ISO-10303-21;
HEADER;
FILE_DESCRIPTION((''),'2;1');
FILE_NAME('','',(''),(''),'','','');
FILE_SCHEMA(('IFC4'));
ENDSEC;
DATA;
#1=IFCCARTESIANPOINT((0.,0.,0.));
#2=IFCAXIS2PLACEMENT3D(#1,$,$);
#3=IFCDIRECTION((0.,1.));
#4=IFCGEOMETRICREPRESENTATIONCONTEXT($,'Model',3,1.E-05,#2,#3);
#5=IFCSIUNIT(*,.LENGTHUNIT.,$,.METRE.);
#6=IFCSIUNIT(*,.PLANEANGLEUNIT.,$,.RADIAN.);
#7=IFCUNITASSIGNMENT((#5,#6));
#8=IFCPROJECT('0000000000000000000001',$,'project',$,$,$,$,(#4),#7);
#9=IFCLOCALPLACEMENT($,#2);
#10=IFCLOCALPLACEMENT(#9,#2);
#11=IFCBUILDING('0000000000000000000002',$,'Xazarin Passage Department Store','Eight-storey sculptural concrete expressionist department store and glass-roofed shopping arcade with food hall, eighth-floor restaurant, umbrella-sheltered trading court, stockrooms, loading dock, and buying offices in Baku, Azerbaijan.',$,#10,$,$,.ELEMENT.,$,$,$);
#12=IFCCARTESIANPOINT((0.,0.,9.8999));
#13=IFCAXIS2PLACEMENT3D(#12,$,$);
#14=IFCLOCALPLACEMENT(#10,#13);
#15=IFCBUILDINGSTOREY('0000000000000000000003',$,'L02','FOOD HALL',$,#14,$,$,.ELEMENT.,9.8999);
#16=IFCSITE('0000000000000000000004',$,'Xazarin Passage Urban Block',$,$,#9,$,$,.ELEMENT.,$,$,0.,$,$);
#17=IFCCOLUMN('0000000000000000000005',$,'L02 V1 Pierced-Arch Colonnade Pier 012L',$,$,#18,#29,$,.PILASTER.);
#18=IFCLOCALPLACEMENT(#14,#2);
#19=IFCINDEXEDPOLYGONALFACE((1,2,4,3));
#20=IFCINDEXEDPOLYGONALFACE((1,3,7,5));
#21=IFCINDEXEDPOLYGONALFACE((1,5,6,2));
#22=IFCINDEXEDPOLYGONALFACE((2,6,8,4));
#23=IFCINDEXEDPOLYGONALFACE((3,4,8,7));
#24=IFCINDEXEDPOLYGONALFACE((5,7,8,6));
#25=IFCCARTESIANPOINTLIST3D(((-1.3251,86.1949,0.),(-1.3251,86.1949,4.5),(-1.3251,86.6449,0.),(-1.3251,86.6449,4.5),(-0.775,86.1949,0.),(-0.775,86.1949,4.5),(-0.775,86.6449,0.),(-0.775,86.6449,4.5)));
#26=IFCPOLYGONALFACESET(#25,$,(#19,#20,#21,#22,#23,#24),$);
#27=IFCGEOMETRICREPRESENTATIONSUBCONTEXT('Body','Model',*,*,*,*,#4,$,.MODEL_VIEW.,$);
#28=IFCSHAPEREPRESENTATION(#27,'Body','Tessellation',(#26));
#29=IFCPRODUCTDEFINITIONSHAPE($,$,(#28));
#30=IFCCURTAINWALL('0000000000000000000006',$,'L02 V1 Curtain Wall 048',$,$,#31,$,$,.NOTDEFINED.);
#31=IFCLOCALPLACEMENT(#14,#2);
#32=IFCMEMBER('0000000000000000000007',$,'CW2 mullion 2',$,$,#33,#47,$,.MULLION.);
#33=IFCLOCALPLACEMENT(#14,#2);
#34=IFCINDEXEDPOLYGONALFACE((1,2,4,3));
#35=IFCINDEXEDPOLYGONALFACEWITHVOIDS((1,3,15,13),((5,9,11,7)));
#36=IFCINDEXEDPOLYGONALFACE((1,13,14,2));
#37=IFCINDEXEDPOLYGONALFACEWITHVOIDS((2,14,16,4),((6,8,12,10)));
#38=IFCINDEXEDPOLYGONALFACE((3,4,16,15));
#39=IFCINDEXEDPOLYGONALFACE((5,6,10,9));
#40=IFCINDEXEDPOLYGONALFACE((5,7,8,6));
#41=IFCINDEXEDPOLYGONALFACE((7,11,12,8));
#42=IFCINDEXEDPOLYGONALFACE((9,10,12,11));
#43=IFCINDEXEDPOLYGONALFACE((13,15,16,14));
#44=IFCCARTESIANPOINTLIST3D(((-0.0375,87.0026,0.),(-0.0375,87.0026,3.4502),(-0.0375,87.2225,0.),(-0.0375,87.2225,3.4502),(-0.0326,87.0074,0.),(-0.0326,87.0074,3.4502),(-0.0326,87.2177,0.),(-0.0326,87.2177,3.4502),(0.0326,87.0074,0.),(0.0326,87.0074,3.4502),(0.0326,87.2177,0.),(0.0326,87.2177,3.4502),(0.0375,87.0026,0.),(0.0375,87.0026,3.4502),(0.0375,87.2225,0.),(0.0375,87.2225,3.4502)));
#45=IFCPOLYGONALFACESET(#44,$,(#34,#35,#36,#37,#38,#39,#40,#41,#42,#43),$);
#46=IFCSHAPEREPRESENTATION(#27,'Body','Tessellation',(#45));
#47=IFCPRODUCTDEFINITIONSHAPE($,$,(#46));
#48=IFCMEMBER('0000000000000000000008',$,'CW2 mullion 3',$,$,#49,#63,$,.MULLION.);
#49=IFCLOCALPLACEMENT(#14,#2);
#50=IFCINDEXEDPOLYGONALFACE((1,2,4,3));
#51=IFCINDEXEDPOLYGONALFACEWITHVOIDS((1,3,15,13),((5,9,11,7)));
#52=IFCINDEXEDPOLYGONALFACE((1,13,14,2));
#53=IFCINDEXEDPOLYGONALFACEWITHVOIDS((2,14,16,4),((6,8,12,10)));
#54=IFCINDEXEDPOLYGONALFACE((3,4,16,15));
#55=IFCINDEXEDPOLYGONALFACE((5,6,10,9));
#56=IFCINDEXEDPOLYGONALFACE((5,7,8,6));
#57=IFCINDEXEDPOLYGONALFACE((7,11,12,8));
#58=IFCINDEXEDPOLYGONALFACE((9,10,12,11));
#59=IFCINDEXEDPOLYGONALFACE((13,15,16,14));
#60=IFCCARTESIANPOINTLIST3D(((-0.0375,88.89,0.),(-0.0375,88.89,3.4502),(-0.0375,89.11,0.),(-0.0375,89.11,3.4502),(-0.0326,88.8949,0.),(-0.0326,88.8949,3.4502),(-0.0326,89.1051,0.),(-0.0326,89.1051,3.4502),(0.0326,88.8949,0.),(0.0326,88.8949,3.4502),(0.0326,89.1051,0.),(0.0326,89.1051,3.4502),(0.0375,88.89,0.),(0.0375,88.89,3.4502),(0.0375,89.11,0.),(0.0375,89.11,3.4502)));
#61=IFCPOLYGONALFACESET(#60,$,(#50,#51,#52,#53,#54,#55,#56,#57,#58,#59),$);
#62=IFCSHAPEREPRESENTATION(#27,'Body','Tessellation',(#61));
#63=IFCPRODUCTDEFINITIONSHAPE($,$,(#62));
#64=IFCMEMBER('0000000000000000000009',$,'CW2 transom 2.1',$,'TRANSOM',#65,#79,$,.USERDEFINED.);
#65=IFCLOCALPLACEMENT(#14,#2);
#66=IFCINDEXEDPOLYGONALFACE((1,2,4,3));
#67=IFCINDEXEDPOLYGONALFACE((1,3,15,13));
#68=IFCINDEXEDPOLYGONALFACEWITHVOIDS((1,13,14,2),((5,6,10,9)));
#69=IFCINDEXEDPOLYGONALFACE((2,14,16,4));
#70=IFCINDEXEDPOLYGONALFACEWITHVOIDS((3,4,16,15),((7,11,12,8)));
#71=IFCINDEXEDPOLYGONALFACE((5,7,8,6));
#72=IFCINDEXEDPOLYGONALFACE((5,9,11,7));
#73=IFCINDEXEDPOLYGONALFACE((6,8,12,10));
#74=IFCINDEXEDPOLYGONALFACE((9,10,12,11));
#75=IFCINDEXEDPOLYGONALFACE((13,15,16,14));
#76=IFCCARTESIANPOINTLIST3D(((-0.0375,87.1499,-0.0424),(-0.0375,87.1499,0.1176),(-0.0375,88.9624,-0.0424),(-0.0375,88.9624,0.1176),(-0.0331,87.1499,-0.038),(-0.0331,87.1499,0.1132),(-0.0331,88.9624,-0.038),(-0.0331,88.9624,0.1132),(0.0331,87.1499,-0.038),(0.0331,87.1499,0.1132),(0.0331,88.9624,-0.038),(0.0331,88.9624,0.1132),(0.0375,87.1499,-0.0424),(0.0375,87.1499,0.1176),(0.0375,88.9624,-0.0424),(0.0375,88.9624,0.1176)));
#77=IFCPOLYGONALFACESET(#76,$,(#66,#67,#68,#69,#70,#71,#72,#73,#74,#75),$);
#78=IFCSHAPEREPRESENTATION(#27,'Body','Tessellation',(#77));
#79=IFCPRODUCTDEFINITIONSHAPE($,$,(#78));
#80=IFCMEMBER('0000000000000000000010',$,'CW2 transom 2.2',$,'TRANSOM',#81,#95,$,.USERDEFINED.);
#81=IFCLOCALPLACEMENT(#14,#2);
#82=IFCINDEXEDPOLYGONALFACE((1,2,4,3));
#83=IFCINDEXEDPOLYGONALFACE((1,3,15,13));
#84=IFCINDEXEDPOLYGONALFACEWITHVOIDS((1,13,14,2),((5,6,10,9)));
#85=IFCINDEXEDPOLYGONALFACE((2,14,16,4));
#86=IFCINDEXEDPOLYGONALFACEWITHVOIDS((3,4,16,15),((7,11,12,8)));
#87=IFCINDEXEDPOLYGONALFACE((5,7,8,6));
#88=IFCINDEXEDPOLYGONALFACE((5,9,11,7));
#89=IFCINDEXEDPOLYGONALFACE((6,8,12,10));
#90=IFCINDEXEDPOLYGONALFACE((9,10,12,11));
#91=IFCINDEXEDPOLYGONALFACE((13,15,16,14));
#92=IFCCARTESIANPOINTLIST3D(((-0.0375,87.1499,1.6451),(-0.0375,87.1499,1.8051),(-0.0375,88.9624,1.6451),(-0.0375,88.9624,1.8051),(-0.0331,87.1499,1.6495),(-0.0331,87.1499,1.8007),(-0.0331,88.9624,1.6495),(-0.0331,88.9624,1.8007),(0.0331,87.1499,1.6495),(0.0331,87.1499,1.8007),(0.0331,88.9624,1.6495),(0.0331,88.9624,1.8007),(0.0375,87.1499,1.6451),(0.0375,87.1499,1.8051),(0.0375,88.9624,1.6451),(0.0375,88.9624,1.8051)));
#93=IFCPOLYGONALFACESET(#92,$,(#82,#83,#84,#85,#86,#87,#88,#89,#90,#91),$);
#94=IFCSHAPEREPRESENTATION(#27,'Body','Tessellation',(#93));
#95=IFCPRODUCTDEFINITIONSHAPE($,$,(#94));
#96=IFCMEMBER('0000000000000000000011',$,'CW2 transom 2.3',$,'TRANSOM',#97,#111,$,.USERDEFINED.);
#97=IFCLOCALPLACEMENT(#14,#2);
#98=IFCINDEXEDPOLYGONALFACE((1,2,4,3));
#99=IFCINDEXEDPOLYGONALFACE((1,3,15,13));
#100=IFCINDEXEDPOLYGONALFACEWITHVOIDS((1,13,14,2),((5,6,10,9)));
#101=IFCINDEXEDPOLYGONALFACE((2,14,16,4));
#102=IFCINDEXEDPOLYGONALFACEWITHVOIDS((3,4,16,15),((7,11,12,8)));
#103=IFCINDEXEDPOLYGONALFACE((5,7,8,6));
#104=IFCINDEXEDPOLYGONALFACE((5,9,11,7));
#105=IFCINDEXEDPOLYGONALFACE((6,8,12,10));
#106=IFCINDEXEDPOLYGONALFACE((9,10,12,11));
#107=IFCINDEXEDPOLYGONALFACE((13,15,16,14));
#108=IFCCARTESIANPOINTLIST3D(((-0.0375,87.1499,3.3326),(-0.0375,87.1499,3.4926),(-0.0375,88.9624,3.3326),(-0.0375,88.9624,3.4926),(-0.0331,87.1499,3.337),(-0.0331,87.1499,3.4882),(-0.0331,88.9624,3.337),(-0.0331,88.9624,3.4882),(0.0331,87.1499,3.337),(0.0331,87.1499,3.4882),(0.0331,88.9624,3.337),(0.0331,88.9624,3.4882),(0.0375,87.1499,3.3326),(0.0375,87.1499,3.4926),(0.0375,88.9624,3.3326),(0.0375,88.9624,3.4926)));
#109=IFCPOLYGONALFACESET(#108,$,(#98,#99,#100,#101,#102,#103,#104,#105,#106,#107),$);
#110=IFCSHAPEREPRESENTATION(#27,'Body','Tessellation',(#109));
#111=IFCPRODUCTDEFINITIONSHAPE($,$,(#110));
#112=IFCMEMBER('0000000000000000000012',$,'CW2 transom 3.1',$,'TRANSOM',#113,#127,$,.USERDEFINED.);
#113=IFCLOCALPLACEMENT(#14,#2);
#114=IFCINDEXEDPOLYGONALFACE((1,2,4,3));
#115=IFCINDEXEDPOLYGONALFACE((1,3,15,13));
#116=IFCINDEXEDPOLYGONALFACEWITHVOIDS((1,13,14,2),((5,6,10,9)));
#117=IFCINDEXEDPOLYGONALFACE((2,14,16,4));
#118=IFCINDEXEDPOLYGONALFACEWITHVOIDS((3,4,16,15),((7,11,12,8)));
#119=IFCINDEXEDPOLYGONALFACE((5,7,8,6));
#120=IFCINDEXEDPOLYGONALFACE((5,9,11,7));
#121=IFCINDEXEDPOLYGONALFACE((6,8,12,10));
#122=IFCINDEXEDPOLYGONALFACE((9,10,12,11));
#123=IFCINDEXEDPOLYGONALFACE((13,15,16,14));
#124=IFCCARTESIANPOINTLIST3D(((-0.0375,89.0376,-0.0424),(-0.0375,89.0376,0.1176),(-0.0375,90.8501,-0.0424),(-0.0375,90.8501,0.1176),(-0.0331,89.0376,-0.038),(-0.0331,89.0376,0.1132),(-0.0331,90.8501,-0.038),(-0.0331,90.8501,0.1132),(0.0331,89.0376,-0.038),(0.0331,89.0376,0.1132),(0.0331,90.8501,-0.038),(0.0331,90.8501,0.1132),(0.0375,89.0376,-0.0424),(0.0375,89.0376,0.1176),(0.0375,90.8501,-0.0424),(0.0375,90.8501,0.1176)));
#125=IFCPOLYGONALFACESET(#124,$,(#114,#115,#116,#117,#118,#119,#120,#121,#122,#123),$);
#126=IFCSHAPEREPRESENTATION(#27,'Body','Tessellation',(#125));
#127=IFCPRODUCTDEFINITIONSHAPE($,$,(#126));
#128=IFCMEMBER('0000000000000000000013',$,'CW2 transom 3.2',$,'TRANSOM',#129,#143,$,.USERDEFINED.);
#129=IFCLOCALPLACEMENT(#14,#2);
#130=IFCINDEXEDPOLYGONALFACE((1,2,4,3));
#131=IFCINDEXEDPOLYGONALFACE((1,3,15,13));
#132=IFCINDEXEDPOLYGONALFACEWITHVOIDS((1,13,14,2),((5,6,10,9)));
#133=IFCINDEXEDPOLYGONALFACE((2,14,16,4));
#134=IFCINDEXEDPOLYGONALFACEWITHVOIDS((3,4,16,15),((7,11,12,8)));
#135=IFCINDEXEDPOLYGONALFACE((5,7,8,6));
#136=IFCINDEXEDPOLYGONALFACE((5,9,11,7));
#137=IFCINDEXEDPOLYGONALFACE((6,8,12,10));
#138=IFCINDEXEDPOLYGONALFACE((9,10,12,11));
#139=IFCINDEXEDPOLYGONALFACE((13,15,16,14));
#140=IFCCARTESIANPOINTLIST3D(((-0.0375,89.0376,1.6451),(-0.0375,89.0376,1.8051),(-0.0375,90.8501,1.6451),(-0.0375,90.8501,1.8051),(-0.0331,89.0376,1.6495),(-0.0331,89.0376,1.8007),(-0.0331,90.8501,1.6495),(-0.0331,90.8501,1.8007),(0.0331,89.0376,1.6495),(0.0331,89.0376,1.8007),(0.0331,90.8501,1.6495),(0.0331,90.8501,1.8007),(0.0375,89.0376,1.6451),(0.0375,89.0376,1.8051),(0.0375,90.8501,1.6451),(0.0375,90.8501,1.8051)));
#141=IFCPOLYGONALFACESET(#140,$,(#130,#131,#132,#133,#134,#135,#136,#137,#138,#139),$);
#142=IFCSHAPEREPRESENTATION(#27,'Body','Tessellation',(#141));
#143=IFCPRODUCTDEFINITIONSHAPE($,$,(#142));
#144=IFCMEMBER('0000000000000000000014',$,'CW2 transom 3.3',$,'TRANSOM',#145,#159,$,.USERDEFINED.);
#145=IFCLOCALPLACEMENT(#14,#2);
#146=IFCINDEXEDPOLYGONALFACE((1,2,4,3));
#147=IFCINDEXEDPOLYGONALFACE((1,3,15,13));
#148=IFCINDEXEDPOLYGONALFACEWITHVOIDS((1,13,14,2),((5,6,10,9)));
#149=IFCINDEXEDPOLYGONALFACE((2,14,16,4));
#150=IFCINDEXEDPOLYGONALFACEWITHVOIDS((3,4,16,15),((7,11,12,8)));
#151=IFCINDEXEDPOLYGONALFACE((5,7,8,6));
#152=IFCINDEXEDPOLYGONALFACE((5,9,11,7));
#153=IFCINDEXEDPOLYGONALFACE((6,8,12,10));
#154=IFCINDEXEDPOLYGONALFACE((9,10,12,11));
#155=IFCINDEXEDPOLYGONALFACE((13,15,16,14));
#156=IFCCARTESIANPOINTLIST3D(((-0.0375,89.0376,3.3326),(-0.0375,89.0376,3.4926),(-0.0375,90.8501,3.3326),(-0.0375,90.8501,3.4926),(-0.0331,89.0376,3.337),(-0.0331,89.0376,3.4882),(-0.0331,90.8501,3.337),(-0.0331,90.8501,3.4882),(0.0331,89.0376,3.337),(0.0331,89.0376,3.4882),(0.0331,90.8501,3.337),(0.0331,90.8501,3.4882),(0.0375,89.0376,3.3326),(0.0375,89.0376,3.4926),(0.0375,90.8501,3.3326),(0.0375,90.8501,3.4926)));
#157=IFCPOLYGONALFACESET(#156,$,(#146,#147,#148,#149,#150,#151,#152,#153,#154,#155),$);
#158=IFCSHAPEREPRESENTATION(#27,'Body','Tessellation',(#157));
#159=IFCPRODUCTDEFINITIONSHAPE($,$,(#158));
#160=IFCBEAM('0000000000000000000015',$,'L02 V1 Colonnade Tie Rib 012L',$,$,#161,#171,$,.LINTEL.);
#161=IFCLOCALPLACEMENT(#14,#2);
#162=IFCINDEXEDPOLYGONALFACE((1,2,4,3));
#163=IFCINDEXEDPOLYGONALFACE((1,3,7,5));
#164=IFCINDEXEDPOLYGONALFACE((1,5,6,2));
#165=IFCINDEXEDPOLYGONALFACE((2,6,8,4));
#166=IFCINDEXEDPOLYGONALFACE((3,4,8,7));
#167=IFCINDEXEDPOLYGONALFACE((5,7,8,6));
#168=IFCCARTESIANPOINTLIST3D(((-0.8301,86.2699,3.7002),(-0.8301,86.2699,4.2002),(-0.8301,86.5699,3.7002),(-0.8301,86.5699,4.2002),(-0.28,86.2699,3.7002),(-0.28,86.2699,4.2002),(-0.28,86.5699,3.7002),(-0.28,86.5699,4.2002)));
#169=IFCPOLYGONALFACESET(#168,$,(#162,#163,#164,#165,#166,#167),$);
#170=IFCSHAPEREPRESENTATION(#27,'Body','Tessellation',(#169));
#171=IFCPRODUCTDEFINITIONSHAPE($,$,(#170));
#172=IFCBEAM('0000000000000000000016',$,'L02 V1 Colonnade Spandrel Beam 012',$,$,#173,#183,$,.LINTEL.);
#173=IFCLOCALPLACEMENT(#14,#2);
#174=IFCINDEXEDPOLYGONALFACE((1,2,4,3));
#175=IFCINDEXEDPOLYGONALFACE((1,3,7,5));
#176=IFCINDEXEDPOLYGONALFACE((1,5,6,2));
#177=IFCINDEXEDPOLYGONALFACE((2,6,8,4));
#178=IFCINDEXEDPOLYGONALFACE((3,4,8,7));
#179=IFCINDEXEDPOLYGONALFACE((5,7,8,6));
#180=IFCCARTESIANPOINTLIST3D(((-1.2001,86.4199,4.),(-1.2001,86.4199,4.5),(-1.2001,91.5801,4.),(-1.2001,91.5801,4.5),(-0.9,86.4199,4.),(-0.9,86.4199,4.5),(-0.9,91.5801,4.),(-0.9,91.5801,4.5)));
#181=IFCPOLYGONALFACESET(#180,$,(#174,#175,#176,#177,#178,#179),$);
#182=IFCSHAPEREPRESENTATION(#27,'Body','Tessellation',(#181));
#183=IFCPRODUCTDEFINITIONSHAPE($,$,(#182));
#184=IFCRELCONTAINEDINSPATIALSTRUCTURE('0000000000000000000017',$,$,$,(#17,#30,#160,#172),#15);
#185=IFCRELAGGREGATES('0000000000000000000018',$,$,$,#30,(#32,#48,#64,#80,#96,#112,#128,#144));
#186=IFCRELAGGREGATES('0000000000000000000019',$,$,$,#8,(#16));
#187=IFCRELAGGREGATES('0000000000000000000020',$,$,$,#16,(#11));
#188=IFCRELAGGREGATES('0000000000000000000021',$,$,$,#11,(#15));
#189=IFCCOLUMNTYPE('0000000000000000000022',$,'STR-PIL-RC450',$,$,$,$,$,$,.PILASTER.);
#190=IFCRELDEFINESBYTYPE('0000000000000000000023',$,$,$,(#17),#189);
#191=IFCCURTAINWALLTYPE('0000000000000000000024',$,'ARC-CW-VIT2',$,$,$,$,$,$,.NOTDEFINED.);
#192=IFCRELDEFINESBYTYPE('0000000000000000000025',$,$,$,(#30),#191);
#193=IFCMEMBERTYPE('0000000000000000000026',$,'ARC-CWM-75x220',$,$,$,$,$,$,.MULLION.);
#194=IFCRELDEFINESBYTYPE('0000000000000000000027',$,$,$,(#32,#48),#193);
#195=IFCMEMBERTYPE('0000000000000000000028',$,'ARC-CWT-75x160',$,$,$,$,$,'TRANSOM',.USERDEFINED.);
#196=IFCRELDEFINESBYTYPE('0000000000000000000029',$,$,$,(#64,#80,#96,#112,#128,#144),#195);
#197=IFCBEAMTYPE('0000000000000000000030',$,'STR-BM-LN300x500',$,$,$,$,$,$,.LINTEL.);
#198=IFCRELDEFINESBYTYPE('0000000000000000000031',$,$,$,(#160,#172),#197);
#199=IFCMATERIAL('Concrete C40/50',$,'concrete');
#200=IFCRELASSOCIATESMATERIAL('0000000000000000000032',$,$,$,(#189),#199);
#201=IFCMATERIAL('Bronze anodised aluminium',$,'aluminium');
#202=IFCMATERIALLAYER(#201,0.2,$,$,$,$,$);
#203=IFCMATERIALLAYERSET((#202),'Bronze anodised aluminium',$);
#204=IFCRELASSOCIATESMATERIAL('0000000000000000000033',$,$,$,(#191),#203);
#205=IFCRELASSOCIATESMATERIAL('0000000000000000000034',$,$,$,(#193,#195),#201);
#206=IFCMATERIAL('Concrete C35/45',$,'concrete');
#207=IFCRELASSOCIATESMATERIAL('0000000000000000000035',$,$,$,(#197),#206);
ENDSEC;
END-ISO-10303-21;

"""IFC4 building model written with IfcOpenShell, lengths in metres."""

from ifc_helpers import new_model, si_unit, direction, frame, origin, origin_2d, place, context, subcontext, project, spatial, rectangle, hollow_rectangle, extrude, material, layer, layer_set, material_profile, profile_set, type_object, element, aggregate, save


model = new_model("IFC4")

# Units and contexts
model_context = context("Model", 3, precision=1e-05, world=origin(), true_north=direction((0.0, 1.0)))
body_context = subcontext(model_context, "Body", "Model", "MODEL_VIEW")
ifc_project = project(units=[si_unit("LENGTHUNIT", "METRE"), si_unit("PLANEANGLEUNIT", "RADIAN")], contexts=[model_context])

# Site, building, storey
site_placement = place(None, origin())
site = spatial("IfcSite", under=ifc_project, at=site_placement, Name="Xazarin Passage Urban Block", CompositionType="ELEMENT", RefElevation=0.0)
building_placement = place(site_placement, origin())
building = spatial("IfcBuilding", under=site, at=building_placement, Name="Xazarin Passage Department Store", Description="Eight-storey sculptural concrete expressionist department store and glass-roofed shopping arcade with food hall, eighth-floor restaurant, umbrella-sheltered trading court, stockrooms, loading dock, and buying offices in Baku, Azerbaijan.", CompositionType="ELEMENT")
storey_placement = place(building_placement, frame((0.0, 0.0, 9.8999)))
storey = spatial("IfcBuildingStorey", under=building, at=storey_placement, Name="L02", Description="FOOD HALL", CompositionType="ELEMENT", Elevation=9.8999)

# Column
ifc_material_1 = material(Name="Concrete C40/50", Category="concrete")
ifc_material_profile_1 = material_profile(ifc_material_1, rectangle(XDim=0.45, YDim=0.55, at=origin_2d()), Name="RC 450x550")
ifc_profile_set_1 = profile_set([ifc_material_profile_1], Name="Concrete C40/50")
column_type = type_object("IfcColumnType", Name="STR-PIL-RC450", PredefinedType="PILASTER", material=ifc_profile_set_1)
column_placement = place(storey_placement, frame((-1.05, 86.4199, 0.0), z_axis=(0.0, 0.0, 1.0), x_axis=(0.0, 1.0, 0.0)))
element("IfcColumn", 1, at=column_placement, inside=storey, type_object=column_type, Name="L02 V1 Pierced-Arch Colonnade Pier 012L", PredefinedType="PILASTER", context=body_context, shape_type="SweptSolid", body=[
    extrude(rectangle(XDim=0.45, YDim=0.55, at=origin_2d()), origin(), (0.0, 0.0, 1.0), 4.5),
])

# Curtain wall, members
ifc_material_2 = material(Name="Bronze anodised aluminium", Category="aluminium")
ifc_layer_1 = layer(ifc_material_2, 0.2)
ifc_layer_set_1 = layer_set([ifc_layer_1], Name="Bronze anodised aluminium")
curtain_wall_type = type_object("IfcCurtainWallType", Name="ARC-CW-VIT2", PredefinedType="NOTDEFINED", material=ifc_layer_set_1)
curtain_wall_placement = place(storey_placement, origin())
curtain_wall = element("IfcCurtainWall", 2, at=curtain_wall_placement, inside=storey, type_object=curtain_wall_type, Name="L02 V1 Curtain Wall 048", PredefinedType="NOTDEFINED")
ifc_material_profile_2 = material_profile(ifc_material_2, hollow_rectangle(XDim=0.075, YDim=0.22, WallThickness=0.0049, at=origin_2d()), Name="ALU 75x220")
ifc_profile_set_2 = profile_set([ifc_material_profile_2], Name="Bronze anodised aluminium")
member_type_1 = type_object("IfcMemberType", Name="ARC-CWM-75x220", PredefinedType="MULLION", material=ifc_profile_set_2)
member_1_placement = place(storey_placement, frame((0.0, 87.1125, 0.0), z_axis=(0.0, 0.0, 1.0), x_axis=(-1.0, 0.0, 0.0)))
member_1 = element("IfcMember", 3, at=member_1_placement, type_object=member_type_1, Name="CW2 mullion 2", PredefinedType="MULLION", context=body_context, shape_type="SweptSolid", body=[
    extrude(hollow_rectangle(XDim=0.075, YDim=0.22, WallThickness=0.0049, at=origin_2d()), origin(), (0.0, 0.0, 1.0), 3.4502),
])
member_2_placement = place(storey_placement, frame((0.0, 89.0, 0.0), z_axis=(0.0, 0.0, 1.0), x_axis=(-1.0, 0.0, 0.0)))
member_2 = element("IfcMember", 4, at=member_2_placement, type_object=member_type_1, Name="CW2 mullion 3", PredefinedType="MULLION", context=body_context, shape_type="SweptSolid", body=[
    extrude(hollow_rectangle(XDim=0.075, YDim=0.22, WallThickness=0.0049, at=origin_2d()), origin(), (0.0, 0.0, 1.0), 3.4502),
])
ifc_material_profile_3 = material_profile(ifc_material_2, hollow_rectangle(XDim=0.075, YDim=0.1599, WallThickness=0.0044, at=origin_2d()), Name="ALU 75x160")
ifc_profile_set_3 = profile_set([ifc_material_profile_3], Name="Bronze anodised aluminium")
member_type_2 = type_object("IfcMemberType", Name="ARC-CWT-75x160", ElementType="TRANSOM", PredefinedType="USERDEFINED", material=ifc_profile_set_3)
member_3_placement = place(storey_placement, frame((0.0, 87.1499, 0.0376), z_axis=(0.0, 1.0, 0.0), x_axis=(-1.0, 0.0, 0.0)))
member_3 = element("IfcMember", 5, at=member_3_placement, type_object=member_type_2, Name="CW2 transom 2.1", ObjectType="TRANSOM", PredefinedType="USERDEFINED", context=body_context, shape_type="SweptSolid", body=[
    extrude(hollow_rectangle(XDim=0.075, YDim=0.1599, WallThickness=0.0044, at=origin_2d()), origin(), (0.0, 0.0, 1.0), 1.8125),
])
member_4_placement = place(storey_placement, frame((0.0, 87.1499, 1.7251), z_axis=(0.0, 1.0, 0.0), x_axis=(-1.0, 0.0, 0.0)))
member_4 = element("IfcMember", 6, at=member_4_placement, type_object=member_type_2, Name="CW2 transom 2.2", ObjectType="TRANSOM", PredefinedType="USERDEFINED", context=body_context, shape_type="SweptSolid", body=[
    extrude(hollow_rectangle(XDim=0.075, YDim=0.1599, WallThickness=0.0044, at=origin_2d()), origin(), (0.0, 0.0, 1.0), 1.8125),
])
member_5_placement = place(storey_placement, frame((0.0, 87.1499, 3.4126), z_axis=(0.0, 1.0, 0.0), x_axis=(-1.0, 0.0, 0.0)))
member_5 = element("IfcMember", 7, at=member_5_placement, type_object=member_type_2, Name="CW2 transom 2.3", ObjectType="TRANSOM", PredefinedType="USERDEFINED", context=body_context, shape_type="SweptSolid", body=[
    extrude(hollow_rectangle(XDim=0.075, YDim=0.1599, WallThickness=0.0044, at=origin_2d()), origin(), (0.0, 0.0, 1.0), 1.8125),
])
member_6_placement = place(storey_placement, frame((0.0, 89.0376, 0.0376), z_axis=(0.0, 1.0, 0.0), x_axis=(-1.0, 0.0, 0.0)))
member_6 = element("IfcMember", 8, at=member_6_placement, type_object=member_type_2, Name="CW2 transom 3.1", ObjectType="TRANSOM", PredefinedType="USERDEFINED", context=body_context, shape_type="SweptSolid", body=[
    extrude(hollow_rectangle(XDim=0.075, YDim=0.1599, WallThickness=0.0044, at=origin_2d()), origin(), (0.0, 0.0, 1.0), 1.8125),
])
member_7_placement = place(storey_placement, frame((0.0, 89.0376, 1.7251), z_axis=(0.0, 1.0, 0.0), x_axis=(-1.0, 0.0, 0.0)))
member_7 = element("IfcMember", 9, at=member_7_placement, type_object=member_type_2, Name="CW2 transom 3.2", ObjectType="TRANSOM", PredefinedType="USERDEFINED", context=body_context, shape_type="SweptSolid", body=[
    extrude(hollow_rectangle(XDim=0.075, YDim=0.1599, WallThickness=0.0044, at=origin_2d()), origin(), (0.0, 0.0, 1.0), 1.8125),
])
member_8_placement = place(storey_placement, frame((0.0, 89.0376, 3.4126), z_axis=(0.0, 1.0, 0.0), x_axis=(-1.0, 0.0, 0.0)))
member_8 = element("IfcMember", 10, at=member_8_placement, type_object=member_type_2, Name="CW2 transom 3.3", ObjectType="TRANSOM", PredefinedType="USERDEFINED", context=body_context, shape_type="SweptSolid", body=[
    extrude(hollow_rectangle(XDim=0.075, YDim=0.1599, WallThickness=0.0044, at=origin_2d()), origin(), (0.0, 0.0, 1.0), 1.8125),
])

# Beams
ifc_material_3 = material(Name="Concrete C35/45", Category="concrete")
ifc_material_profile_4 = material_profile(ifc_material_3, rectangle(XDim=0.3, YDim=0.5, at=origin_2d()), Name="RC 300x500")
ifc_profile_set_4 = profile_set([ifc_material_profile_4], Name="Concrete C35/45")
beam_type = type_object("IfcBeamType", Name="STR-BM-LN300x500", PredefinedType="LINTEL", material=ifc_profile_set_4)
beam_1_placement = place(storey_placement, frame((-0.28, 86.4199, 3.9502), z_axis=(-1.0, 0.0, 0.0), x_axis=(0.0, -1.0, 0.0)))
element("IfcBeam", 11, at=beam_1_placement, inside=storey, type_object=beam_type, Name="L02 V1 Colonnade Tie Rib 012L", PredefinedType="LINTEL", context=body_context, shape_type="SweptSolid", body=[
    extrude(rectangle(XDim=0.3, YDim=0.5, at=origin_2d()), origin(), (0.0, 0.0, 1.0), 0.55),
])
beam_2_placement = place(storey_placement, frame((-1.05, 86.4199, 4.25), z_axis=(0.0, 1.0, 0.0), x_axis=(-1.0, 0.0, 0.0)))
element("IfcBeam", 12, at=beam_2_placement, inside=storey, type_object=beam_type, Name="L02 V1 Colonnade Spandrel Beam 012", PredefinedType="LINTEL", context=body_context, shape_type="SweptSolid", body=[
    extrude(rectangle(XDim=0.3, YDim=0.5, at=origin_2d()), origin(), (0.0, 0.0, 1.0), 5.1602),
])

aggregate(curtain_wall, [member_1, member_2, member_3, member_4, member_5, member_6, member_7, member_8])

save(model, "model.ifc")
